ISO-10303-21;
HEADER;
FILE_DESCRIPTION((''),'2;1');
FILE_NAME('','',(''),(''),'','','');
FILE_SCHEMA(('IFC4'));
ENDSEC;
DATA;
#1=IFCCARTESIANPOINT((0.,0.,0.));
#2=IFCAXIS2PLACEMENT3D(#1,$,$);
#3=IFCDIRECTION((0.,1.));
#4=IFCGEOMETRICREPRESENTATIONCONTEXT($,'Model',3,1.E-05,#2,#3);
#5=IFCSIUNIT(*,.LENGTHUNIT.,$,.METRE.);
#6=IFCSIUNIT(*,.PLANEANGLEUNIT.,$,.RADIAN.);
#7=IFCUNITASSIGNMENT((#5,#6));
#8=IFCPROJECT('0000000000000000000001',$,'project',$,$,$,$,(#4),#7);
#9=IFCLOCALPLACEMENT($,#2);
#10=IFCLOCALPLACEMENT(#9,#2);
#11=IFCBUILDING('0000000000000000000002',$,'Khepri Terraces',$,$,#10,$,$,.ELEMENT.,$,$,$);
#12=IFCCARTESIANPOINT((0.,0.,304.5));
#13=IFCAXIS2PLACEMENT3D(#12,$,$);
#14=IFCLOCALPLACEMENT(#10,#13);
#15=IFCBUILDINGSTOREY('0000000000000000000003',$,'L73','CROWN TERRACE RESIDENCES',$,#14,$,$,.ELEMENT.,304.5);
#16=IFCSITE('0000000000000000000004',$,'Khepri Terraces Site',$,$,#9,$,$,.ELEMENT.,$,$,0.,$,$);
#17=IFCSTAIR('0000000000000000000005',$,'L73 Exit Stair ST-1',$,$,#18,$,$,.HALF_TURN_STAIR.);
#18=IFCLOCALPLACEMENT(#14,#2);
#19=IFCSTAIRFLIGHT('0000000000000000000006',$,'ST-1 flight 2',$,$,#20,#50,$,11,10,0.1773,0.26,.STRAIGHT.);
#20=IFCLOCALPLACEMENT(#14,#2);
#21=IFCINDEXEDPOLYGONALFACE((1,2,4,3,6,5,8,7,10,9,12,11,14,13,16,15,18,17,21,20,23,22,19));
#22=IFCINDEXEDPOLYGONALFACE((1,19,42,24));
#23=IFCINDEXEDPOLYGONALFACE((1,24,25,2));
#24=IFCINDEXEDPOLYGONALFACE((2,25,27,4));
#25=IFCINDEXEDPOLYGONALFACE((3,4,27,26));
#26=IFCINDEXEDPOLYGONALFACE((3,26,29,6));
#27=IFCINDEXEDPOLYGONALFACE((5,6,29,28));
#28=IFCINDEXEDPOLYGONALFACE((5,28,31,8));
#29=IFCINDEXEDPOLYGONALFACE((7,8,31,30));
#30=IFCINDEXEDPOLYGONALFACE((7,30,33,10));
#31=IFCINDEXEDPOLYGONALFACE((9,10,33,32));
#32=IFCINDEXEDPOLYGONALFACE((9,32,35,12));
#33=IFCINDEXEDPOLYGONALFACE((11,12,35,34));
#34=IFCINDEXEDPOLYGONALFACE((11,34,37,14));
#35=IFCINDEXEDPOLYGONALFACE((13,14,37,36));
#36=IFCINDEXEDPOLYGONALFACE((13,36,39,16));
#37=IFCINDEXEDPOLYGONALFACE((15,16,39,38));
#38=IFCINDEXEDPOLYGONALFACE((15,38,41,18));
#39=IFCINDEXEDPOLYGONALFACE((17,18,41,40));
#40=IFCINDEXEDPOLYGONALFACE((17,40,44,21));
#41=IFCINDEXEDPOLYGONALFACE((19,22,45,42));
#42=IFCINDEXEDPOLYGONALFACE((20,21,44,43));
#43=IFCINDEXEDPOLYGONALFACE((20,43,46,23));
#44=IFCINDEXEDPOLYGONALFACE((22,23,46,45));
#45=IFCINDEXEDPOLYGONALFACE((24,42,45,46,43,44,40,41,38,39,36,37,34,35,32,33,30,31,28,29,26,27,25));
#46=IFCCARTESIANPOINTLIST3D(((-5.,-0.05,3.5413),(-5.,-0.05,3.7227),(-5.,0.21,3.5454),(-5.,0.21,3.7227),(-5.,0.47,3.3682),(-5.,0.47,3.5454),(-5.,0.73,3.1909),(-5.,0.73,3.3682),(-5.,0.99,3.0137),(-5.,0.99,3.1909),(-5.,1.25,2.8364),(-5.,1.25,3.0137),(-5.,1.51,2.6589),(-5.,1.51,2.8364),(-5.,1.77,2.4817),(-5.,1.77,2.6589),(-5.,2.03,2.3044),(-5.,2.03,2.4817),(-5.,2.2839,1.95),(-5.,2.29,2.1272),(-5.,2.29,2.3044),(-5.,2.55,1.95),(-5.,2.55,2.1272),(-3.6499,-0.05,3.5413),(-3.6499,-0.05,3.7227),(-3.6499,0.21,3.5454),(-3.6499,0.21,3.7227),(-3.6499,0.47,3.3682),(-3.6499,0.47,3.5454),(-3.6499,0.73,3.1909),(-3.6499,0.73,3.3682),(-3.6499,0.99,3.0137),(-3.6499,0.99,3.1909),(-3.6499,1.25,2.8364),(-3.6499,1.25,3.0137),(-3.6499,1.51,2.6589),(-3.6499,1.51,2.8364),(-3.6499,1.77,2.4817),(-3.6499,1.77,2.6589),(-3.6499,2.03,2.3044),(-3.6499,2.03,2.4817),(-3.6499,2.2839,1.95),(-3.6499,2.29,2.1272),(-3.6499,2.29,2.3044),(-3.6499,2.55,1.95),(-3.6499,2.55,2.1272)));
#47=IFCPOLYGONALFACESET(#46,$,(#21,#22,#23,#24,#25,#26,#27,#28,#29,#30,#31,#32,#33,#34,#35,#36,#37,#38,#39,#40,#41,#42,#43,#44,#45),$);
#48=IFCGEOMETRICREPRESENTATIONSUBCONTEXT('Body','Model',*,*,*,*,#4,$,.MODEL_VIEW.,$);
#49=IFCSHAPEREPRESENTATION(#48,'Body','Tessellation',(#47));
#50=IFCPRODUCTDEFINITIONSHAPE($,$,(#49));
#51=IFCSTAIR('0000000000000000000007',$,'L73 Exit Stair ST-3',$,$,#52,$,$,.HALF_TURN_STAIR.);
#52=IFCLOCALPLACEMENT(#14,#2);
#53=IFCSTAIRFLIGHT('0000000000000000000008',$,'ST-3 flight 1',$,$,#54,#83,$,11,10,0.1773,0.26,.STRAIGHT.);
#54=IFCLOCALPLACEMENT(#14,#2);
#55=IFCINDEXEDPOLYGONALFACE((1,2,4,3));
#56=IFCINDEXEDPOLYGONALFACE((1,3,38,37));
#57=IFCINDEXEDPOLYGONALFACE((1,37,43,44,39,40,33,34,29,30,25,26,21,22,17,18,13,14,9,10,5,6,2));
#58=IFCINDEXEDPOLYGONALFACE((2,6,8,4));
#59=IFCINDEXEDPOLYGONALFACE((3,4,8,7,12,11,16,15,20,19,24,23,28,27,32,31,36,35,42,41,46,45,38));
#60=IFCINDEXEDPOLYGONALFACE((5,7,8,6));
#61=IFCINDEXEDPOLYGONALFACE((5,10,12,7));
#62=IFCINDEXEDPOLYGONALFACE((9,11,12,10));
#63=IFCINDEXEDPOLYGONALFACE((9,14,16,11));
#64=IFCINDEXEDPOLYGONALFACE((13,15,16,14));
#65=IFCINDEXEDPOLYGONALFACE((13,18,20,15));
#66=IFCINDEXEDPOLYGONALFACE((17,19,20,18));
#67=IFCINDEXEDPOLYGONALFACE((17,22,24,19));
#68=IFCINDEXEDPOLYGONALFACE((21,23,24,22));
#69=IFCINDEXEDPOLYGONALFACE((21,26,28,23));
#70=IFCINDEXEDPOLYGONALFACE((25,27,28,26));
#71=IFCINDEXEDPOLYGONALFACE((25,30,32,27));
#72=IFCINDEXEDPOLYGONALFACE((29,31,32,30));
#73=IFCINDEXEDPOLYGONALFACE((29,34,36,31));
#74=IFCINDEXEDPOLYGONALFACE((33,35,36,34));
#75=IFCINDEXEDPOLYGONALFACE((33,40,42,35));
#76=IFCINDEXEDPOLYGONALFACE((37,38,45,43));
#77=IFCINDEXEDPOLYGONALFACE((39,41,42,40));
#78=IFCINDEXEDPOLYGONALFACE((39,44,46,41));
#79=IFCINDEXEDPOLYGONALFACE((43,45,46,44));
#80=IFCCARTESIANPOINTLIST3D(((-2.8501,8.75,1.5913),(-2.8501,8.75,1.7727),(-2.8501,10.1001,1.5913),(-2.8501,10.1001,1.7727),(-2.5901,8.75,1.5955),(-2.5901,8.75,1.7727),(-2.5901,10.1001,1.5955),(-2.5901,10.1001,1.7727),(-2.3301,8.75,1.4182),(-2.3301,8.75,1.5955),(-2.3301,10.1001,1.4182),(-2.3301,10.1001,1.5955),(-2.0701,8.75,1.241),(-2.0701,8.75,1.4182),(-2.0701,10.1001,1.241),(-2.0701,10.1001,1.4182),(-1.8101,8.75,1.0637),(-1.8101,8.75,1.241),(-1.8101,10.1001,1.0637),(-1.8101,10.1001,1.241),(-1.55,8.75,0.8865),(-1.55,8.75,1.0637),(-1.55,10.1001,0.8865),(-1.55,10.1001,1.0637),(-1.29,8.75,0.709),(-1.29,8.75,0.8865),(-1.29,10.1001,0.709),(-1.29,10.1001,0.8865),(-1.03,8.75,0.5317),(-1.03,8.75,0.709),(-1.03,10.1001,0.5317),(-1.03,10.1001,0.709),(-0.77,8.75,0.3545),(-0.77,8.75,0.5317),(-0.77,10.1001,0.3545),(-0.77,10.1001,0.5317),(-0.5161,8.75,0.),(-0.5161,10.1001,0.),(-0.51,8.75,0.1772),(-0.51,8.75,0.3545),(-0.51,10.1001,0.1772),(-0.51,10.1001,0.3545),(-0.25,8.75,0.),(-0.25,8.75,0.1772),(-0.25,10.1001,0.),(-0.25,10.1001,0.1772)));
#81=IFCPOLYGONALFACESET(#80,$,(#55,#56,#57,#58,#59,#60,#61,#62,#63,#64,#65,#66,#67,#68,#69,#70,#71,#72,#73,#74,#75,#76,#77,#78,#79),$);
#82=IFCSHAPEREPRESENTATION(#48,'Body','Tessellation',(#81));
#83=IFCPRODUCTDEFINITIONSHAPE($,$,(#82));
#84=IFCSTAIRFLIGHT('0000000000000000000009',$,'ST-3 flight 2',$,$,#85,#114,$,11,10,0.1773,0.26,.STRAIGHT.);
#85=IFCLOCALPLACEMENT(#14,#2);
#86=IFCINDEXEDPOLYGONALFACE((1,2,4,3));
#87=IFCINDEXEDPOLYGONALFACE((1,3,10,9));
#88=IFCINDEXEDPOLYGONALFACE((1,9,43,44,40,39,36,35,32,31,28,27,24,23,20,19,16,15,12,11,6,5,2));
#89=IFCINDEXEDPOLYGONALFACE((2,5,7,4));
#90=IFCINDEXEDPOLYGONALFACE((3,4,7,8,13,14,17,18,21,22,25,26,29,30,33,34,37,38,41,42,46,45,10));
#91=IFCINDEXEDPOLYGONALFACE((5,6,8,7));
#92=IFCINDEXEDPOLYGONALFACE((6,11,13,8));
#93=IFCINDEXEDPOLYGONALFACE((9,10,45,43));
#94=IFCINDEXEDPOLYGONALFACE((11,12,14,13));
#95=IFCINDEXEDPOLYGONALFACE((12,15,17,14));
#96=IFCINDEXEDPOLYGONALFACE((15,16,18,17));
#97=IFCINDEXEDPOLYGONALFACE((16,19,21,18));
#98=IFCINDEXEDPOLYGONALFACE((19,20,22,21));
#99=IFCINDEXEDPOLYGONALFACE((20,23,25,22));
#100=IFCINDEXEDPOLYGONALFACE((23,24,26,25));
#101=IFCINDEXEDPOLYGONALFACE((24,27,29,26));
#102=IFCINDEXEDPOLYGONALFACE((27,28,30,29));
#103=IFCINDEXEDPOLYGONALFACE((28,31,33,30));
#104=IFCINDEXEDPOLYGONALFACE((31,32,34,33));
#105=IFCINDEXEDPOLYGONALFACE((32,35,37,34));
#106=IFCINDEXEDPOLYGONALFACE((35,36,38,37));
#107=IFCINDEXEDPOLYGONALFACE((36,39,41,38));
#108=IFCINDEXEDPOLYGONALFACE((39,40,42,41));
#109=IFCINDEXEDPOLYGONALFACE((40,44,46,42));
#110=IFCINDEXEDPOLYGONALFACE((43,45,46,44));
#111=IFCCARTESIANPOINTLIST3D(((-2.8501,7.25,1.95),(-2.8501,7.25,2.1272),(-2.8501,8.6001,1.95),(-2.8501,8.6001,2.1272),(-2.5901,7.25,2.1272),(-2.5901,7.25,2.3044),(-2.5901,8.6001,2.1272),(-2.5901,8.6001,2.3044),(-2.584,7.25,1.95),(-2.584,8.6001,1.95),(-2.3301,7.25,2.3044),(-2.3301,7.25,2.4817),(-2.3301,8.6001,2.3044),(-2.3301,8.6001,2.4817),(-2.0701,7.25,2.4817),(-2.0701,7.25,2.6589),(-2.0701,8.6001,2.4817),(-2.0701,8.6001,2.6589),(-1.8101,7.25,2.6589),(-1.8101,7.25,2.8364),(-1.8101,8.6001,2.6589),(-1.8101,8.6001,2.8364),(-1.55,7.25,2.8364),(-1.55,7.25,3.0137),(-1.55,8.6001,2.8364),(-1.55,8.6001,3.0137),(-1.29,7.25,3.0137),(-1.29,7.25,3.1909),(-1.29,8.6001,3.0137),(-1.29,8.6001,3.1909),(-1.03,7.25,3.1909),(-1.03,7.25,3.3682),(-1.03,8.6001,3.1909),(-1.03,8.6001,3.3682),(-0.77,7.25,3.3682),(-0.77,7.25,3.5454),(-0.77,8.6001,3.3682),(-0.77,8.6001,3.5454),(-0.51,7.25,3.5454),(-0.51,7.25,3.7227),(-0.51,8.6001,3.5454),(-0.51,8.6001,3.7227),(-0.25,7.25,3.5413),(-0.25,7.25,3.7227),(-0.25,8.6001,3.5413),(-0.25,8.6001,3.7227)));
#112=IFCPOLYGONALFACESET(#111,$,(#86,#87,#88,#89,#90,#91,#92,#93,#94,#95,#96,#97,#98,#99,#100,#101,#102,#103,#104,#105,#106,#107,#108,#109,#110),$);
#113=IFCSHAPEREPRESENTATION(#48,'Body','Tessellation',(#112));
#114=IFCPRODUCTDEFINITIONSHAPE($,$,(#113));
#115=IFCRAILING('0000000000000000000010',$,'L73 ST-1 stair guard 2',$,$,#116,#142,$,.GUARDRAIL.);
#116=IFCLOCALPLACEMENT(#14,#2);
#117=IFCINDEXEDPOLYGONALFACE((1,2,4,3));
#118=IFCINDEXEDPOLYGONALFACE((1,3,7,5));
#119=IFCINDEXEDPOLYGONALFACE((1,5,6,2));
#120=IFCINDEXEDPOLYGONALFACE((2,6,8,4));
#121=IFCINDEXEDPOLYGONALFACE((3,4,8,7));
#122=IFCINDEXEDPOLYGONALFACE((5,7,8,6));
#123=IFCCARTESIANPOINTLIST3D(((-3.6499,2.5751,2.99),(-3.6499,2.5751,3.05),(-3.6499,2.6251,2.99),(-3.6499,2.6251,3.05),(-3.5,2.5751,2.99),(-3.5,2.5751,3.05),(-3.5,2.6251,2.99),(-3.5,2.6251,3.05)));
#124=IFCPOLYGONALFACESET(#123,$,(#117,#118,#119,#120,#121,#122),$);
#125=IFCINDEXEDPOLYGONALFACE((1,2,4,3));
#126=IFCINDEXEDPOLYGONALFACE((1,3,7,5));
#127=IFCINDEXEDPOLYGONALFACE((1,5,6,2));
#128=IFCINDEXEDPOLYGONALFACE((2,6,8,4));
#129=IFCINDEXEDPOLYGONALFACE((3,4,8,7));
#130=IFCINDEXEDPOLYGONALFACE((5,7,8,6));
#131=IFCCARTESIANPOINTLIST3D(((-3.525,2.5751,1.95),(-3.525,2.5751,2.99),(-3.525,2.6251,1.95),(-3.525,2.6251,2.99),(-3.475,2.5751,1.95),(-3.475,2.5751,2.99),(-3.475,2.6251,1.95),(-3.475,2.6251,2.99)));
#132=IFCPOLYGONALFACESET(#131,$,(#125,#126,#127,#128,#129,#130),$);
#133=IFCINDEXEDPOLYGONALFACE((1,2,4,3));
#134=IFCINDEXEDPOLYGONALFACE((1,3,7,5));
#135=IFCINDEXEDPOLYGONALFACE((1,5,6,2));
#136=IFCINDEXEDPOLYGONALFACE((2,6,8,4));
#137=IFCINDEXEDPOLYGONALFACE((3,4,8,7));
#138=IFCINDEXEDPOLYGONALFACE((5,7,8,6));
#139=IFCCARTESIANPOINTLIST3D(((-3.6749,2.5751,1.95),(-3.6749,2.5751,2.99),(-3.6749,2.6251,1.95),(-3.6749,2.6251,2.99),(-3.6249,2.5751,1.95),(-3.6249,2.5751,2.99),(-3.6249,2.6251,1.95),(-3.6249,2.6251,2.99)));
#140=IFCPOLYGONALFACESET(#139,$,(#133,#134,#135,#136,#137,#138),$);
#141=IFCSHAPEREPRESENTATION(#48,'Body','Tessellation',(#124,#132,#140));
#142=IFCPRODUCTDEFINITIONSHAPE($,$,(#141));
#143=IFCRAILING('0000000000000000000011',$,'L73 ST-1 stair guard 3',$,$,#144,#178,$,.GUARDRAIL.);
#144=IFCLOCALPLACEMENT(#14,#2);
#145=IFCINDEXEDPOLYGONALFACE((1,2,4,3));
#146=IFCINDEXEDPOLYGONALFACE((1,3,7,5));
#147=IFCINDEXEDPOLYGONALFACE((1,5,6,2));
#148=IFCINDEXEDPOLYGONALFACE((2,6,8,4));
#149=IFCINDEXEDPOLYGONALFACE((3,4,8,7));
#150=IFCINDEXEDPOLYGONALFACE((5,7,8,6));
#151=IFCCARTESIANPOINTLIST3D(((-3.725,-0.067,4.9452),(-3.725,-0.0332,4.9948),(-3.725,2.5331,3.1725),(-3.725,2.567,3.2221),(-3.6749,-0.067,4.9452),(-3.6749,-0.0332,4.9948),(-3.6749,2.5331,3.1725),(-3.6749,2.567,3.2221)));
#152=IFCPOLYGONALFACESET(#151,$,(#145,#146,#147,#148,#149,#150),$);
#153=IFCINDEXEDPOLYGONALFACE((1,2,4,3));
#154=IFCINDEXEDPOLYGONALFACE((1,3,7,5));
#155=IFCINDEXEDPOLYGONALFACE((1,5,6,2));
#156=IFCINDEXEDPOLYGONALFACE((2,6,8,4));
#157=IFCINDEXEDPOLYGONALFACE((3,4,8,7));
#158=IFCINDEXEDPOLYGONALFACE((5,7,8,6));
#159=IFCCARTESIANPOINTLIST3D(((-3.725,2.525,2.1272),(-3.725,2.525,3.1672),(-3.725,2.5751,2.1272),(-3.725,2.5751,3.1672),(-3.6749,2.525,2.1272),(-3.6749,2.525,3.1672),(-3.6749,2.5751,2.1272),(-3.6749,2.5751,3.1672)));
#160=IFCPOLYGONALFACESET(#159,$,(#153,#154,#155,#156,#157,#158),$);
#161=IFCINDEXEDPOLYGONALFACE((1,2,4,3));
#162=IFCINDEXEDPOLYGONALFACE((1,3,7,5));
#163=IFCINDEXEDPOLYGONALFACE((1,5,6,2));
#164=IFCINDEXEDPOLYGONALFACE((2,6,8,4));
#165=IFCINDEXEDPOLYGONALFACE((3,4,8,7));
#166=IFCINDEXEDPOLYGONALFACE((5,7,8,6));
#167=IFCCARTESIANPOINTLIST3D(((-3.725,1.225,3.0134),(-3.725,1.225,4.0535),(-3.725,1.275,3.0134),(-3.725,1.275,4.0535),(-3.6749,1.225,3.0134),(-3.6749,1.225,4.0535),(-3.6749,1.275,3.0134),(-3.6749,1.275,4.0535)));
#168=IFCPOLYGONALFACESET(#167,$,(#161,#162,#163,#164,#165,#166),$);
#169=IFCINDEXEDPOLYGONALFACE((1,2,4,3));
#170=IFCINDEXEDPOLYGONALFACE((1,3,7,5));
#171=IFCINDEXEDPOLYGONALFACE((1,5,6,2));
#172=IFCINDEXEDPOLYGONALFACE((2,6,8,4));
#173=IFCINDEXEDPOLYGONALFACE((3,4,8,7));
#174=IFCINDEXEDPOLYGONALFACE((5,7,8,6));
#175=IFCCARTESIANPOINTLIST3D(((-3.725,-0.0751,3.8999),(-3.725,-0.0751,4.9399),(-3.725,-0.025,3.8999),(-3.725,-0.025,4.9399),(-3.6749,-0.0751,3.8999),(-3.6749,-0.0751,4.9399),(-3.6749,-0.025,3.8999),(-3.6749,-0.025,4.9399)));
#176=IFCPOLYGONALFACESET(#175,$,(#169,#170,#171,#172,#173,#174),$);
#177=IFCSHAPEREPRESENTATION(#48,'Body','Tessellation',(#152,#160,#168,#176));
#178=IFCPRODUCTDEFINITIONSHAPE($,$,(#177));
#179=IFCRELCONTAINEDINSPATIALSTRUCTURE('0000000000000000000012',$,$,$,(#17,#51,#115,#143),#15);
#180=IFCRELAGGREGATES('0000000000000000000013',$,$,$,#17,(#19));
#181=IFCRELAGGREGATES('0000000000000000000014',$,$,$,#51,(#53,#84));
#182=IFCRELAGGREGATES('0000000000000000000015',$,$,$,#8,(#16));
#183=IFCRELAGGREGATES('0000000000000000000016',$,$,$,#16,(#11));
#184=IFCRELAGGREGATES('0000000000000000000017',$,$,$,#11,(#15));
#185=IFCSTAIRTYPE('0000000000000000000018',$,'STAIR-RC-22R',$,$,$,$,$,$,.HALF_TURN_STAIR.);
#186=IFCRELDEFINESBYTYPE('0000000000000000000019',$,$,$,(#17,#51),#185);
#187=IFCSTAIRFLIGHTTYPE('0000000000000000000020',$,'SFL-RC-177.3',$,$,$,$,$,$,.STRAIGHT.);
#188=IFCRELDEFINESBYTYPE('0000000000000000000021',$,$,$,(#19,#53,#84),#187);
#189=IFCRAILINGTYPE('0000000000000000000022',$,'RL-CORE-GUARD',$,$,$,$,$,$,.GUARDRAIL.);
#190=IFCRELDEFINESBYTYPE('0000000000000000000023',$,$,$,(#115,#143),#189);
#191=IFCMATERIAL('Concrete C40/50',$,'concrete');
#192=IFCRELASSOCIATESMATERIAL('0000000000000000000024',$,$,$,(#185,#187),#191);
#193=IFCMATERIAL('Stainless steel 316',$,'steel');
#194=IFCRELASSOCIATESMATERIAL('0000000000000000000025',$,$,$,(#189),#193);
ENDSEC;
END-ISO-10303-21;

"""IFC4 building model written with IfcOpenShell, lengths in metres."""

from ifc_helpers import new_model, si_unit, direction, frame, origin, origin_2d, place, context, subcontext, project, spatial, polyline, rectangle, outline, extrude, material, type_object, element, aggregate, save


model = new_model("IFC4")

# Units and contexts
model_context = context("Model", 3, precision=1e-05, world=origin(), true_north=direction((0.0, 1.0)))
body_context = subcontext(model_context, "Body", "Model", "MODEL_VIEW")
ifc_project = project(units=[si_unit("LENGTHUNIT", "METRE"), si_unit("PLANEANGLEUNIT", "RADIAN")], contexts=[model_context])

# Site, building, storey
site_placement = place(None, origin())
site = spatial("IfcSite", under=ifc_project, at=site_placement, Name="Khepri Terraces Site", CompositionType="ELEMENT", RefElevation=0.0)
building_placement = place(site_placement, origin())
building = spatial("IfcBuilding", under=site, at=building_placement, Name="Khepri Terraces", CompositionType="ELEMENT")
storey_placement = place(building_placement, frame((0.0, 0.0, 304.5)))
storey = spatial("IfcBuildingStorey", under=building, at=storey_placement, Name="L73", Description="CROWN TERRACE RESIDENCES", CompositionType="ELEMENT", Elevation=304.5)

# Shared definitions
ifc_material_1 = material(Name="Concrete C40/50", Category="concrete")

# Stair, stair flight
stair_type = type_object("IfcStairType", Name="STAIR-RC-22R", PredefinedType="HALF_TURN_STAIR", material=ifc_material_1)
stair_1_placement = place(storey_placement, origin())
stair_1 = element("IfcStair", 1, at=stair_1_placement, inside=storey, type_object=stair_type, Name="L73 Exit Stair ST-1", PredefinedType="HALF_TURN_STAIR")
stair_flight_type = type_object("IfcStairFlightType", Name="SFL-RC-177.3", PredefinedType="STRAIGHT", material=ifc_material_1)
stair_flight_1_placement = place(storey_placement, frame((-4.325, 2.55, 1.95), z_axis=(0.0, 0.0, 1.0), x_axis=(0.0, -1.0, 0.0)))
stair_flight_1 = element("IfcStairFlight", 2, at=stair_flight_1_placement, type_object=stair_flight_type, Name="ST-1 flight 2", NumberOfRisers=11, NumberOfTreads=10, PredefinedType="STRAIGHT", RiserHeight=0.1773, TreadLength=0.26, context=body_context, shape_type="SweptSolid", body=[
    extrude(outline(polyline([(0.0, 0.0), (0.0, 0.1772), (0.26, 0.1772), (0.26, 0.3545), (0.52, 0.3545), (0.52, 0.5317), (0.78, 0.5317), (0.78, 0.709), (1.04, 0.709), (1.04, 0.8865), (1.3, 0.8865), (1.3, 1.0637), (1.5601, 1.0637), (1.5601, 1.241), (1.8201, 1.241), (1.8201, 1.4182), (2.0801, 1.4182), (2.0801, 1.5955), (2.3401, 1.5955), (2.3401, 1.7727), (2.6001, 1.7727), (2.6001, 1.95), (2.6001, 1.5913), (0.2661, 0.0), (0.0, 0.0)])), frame((0.0, 0.675, 0.0), z_axis=(0.0, -1.0, 0.0), x_axis=(1.0, 0.0, 0.0)), (0.0, 0.0, 1.0), 1.3501),
])
aggregate(stair_1, [stair_flight_1])

# Stair, stair flights
stair_2_placement = place(storey_placement, origin())
stair_2 = element("IfcStair", 3, at=stair_2_placement, inside=storey, type_object=stair_type, Name="L73 Exit Stair ST-3", PredefinedType="HALF_TURN_STAIR")
stair_flight_2_placement = place(storey_placement, frame((-0.25, 9.425, 0.0), z_axis=(0.0, 0.0, 1.0), x_axis=(-1.0, 0.0, 0.0)))
stair_flight_2 = element("IfcStairFlight", 4, at=stair_flight_2_placement, type_object=stair_flight_type, Name="ST-3 flight 1", NumberOfRisers=11, NumberOfTreads=10, PredefinedType="STRAIGHT", RiserHeight=0.1773, TreadLength=0.26, context=body_context, shape_type="SweptSolid", body=[
    extrude(outline(polyline([(0.0, 0.0), (0.0, 0.1772), (0.26, 0.1772), (0.26, 0.3545), (0.52, 0.3545), (0.52, 0.5317), (0.78, 0.5317), (0.78, 0.709), (1.04, 0.709), (1.04, 0.8865), (1.3, 0.8865), (1.3, 1.0637), (1.5601, 1.0637), (1.5601, 1.241), (1.8201, 1.241), (1.8201, 1.4182), (2.0801, 1.4182), (2.0801, 1.5955), (2.3401, 1.5955), (2.3401, 1.7727), (2.6001, 1.7727), (2.6001, 1.95), (2.6001, 1.5913), (0.2661, 0.0), (0.0, 0.0)])), frame((0.0, 0.675, 0.0), z_axis=(0.0, -1.0, 0.0), x_axis=(1.0, 0.0, 0.0)), (0.0, 0.0, 1.0), 1.3501),
])
stair_flight_3_placement = place(storey_placement, frame((-2.8501, 7.925, 1.95), z_axis=(0.0, 0.0, 1.0), x_axis=(1.0, 0.0, 0.0)))
stair_flight_3 = element("IfcStairFlight", 5, at=stair_flight_3_placement, type_object=stair_flight_type, Name="ST-3 flight 2", NumberOfRisers=11, NumberOfTreads=10, PredefinedType="STRAIGHT", RiserHeight=0.1773, TreadLength=0.26, context=body_context, shape_type="SweptSolid", body=[
    extrude(outline(polyline([(0.0, 0.0), (0.0, 0.1772), (0.26, 0.1772), (0.26, 0.3545), (0.52, 0.3545), (0.52, 0.5317), (0.78, 0.5317), (0.78, 0.709), (1.04, 0.709), (1.04, 0.8865), (1.3, 0.8865), (1.3, 1.0637), (1.5601, 1.0637), (1.5601, 1.241), (1.8201, 1.241), (1.8201, 1.4182), (2.0801, 1.4182), (2.0801, 1.5955), (2.3401, 1.5955), (2.3401, 1.7727), (2.6001, 1.7727), (2.6001, 1.95), (2.6001, 1.5913), (0.2661, 0.0), (0.0, 0.0)])), frame((0.0, 0.675, 0.0), z_axis=(0.0, -1.0, 0.0), x_axis=(1.0, 0.0, 0.0)), (0.0, 0.0, 1.0), 1.3501),
])
aggregate(stair_2, [stair_flight_2, stair_flight_3])

# Railings
ifc_material_2 = material(Name="Stainless steel 316", Category="steel")
railing_type_1 = type_object("IfcRailingType", Name="RL-CORE-GUARD", PredefinedType="GUARDRAIL", material=ifc_material_2)
railing_1_placement = place(storey_placement, frame((-3.5, 2.6001, 1.95)))
element("IfcRailing", 6, at=railing_1_placement, inside=storey, type_object=railing_type_1, Name="L73 ST-1 stair guard 2", PredefinedType="GUARDRAIL", context=body_context, shape_type="SweptSolid", body=[
    extrude(rectangle(XDim=0.05, YDim=0.0601, at=origin_2d()), frame((0.0, 0.0, 1.0701), z_axis=(-1.0, 0.0, 0.0), x_axis=(0.0, -1.0, 0.0)), (0.0, 0.0, 1.0), 0.1499),
    extrude(rectangle(XDim=0.05, YDim=0.05, at=origin_2d()), origin(), (0.0, 0.0, 1.0), 1.04),
    extrude(rectangle(XDim=0.05, YDim=0.05, at=origin_2d()), frame((-0.1499, 0.0, 0.0)), (0.0, 0.0, 1.0), 1.04),
])
railing_2_placement = place(storey_placement, frame((-3.7, 2.55, 2.1272)))
element("IfcRailing", 7, at=railing_2_placement, inside=storey, type_object=railing_type_1, Name="L73 ST-1 stair guard 3", PredefinedType="GUARDRAIL", context=body_context, shape_type="SweptSolid", body=[
    extrude(rectangle(XDim=0.05, YDim=0.0601, at=origin_2d()), frame((0.0, 0.0, 1.0701), z_axis=(0.0, -0.82624, 0.563318), x_axis=(1.0, 0.0, 0.0)), (0.0, 0.0, 1.0), 3.147),
    extrude(rectangle(XDim=0.05, YDim=0.05, at=origin_2d()), origin(), (0.0, 0.0, 1.0), 1.04),
    extrude(rectangle(XDim=0.05, YDim=0.05, at=origin_2d()), frame((0.0, -1.3, 0.8862)), (0.0, 0.0, 1.0), 1.04),
    extrude(rectangle(XDim=0.05, YDim=0.05, at=origin_2d()), frame((0.0, -2.6001, 1.7727)), (0.0, 0.0, 1.0), 1.04),
])

save(model, "model.ifc")
